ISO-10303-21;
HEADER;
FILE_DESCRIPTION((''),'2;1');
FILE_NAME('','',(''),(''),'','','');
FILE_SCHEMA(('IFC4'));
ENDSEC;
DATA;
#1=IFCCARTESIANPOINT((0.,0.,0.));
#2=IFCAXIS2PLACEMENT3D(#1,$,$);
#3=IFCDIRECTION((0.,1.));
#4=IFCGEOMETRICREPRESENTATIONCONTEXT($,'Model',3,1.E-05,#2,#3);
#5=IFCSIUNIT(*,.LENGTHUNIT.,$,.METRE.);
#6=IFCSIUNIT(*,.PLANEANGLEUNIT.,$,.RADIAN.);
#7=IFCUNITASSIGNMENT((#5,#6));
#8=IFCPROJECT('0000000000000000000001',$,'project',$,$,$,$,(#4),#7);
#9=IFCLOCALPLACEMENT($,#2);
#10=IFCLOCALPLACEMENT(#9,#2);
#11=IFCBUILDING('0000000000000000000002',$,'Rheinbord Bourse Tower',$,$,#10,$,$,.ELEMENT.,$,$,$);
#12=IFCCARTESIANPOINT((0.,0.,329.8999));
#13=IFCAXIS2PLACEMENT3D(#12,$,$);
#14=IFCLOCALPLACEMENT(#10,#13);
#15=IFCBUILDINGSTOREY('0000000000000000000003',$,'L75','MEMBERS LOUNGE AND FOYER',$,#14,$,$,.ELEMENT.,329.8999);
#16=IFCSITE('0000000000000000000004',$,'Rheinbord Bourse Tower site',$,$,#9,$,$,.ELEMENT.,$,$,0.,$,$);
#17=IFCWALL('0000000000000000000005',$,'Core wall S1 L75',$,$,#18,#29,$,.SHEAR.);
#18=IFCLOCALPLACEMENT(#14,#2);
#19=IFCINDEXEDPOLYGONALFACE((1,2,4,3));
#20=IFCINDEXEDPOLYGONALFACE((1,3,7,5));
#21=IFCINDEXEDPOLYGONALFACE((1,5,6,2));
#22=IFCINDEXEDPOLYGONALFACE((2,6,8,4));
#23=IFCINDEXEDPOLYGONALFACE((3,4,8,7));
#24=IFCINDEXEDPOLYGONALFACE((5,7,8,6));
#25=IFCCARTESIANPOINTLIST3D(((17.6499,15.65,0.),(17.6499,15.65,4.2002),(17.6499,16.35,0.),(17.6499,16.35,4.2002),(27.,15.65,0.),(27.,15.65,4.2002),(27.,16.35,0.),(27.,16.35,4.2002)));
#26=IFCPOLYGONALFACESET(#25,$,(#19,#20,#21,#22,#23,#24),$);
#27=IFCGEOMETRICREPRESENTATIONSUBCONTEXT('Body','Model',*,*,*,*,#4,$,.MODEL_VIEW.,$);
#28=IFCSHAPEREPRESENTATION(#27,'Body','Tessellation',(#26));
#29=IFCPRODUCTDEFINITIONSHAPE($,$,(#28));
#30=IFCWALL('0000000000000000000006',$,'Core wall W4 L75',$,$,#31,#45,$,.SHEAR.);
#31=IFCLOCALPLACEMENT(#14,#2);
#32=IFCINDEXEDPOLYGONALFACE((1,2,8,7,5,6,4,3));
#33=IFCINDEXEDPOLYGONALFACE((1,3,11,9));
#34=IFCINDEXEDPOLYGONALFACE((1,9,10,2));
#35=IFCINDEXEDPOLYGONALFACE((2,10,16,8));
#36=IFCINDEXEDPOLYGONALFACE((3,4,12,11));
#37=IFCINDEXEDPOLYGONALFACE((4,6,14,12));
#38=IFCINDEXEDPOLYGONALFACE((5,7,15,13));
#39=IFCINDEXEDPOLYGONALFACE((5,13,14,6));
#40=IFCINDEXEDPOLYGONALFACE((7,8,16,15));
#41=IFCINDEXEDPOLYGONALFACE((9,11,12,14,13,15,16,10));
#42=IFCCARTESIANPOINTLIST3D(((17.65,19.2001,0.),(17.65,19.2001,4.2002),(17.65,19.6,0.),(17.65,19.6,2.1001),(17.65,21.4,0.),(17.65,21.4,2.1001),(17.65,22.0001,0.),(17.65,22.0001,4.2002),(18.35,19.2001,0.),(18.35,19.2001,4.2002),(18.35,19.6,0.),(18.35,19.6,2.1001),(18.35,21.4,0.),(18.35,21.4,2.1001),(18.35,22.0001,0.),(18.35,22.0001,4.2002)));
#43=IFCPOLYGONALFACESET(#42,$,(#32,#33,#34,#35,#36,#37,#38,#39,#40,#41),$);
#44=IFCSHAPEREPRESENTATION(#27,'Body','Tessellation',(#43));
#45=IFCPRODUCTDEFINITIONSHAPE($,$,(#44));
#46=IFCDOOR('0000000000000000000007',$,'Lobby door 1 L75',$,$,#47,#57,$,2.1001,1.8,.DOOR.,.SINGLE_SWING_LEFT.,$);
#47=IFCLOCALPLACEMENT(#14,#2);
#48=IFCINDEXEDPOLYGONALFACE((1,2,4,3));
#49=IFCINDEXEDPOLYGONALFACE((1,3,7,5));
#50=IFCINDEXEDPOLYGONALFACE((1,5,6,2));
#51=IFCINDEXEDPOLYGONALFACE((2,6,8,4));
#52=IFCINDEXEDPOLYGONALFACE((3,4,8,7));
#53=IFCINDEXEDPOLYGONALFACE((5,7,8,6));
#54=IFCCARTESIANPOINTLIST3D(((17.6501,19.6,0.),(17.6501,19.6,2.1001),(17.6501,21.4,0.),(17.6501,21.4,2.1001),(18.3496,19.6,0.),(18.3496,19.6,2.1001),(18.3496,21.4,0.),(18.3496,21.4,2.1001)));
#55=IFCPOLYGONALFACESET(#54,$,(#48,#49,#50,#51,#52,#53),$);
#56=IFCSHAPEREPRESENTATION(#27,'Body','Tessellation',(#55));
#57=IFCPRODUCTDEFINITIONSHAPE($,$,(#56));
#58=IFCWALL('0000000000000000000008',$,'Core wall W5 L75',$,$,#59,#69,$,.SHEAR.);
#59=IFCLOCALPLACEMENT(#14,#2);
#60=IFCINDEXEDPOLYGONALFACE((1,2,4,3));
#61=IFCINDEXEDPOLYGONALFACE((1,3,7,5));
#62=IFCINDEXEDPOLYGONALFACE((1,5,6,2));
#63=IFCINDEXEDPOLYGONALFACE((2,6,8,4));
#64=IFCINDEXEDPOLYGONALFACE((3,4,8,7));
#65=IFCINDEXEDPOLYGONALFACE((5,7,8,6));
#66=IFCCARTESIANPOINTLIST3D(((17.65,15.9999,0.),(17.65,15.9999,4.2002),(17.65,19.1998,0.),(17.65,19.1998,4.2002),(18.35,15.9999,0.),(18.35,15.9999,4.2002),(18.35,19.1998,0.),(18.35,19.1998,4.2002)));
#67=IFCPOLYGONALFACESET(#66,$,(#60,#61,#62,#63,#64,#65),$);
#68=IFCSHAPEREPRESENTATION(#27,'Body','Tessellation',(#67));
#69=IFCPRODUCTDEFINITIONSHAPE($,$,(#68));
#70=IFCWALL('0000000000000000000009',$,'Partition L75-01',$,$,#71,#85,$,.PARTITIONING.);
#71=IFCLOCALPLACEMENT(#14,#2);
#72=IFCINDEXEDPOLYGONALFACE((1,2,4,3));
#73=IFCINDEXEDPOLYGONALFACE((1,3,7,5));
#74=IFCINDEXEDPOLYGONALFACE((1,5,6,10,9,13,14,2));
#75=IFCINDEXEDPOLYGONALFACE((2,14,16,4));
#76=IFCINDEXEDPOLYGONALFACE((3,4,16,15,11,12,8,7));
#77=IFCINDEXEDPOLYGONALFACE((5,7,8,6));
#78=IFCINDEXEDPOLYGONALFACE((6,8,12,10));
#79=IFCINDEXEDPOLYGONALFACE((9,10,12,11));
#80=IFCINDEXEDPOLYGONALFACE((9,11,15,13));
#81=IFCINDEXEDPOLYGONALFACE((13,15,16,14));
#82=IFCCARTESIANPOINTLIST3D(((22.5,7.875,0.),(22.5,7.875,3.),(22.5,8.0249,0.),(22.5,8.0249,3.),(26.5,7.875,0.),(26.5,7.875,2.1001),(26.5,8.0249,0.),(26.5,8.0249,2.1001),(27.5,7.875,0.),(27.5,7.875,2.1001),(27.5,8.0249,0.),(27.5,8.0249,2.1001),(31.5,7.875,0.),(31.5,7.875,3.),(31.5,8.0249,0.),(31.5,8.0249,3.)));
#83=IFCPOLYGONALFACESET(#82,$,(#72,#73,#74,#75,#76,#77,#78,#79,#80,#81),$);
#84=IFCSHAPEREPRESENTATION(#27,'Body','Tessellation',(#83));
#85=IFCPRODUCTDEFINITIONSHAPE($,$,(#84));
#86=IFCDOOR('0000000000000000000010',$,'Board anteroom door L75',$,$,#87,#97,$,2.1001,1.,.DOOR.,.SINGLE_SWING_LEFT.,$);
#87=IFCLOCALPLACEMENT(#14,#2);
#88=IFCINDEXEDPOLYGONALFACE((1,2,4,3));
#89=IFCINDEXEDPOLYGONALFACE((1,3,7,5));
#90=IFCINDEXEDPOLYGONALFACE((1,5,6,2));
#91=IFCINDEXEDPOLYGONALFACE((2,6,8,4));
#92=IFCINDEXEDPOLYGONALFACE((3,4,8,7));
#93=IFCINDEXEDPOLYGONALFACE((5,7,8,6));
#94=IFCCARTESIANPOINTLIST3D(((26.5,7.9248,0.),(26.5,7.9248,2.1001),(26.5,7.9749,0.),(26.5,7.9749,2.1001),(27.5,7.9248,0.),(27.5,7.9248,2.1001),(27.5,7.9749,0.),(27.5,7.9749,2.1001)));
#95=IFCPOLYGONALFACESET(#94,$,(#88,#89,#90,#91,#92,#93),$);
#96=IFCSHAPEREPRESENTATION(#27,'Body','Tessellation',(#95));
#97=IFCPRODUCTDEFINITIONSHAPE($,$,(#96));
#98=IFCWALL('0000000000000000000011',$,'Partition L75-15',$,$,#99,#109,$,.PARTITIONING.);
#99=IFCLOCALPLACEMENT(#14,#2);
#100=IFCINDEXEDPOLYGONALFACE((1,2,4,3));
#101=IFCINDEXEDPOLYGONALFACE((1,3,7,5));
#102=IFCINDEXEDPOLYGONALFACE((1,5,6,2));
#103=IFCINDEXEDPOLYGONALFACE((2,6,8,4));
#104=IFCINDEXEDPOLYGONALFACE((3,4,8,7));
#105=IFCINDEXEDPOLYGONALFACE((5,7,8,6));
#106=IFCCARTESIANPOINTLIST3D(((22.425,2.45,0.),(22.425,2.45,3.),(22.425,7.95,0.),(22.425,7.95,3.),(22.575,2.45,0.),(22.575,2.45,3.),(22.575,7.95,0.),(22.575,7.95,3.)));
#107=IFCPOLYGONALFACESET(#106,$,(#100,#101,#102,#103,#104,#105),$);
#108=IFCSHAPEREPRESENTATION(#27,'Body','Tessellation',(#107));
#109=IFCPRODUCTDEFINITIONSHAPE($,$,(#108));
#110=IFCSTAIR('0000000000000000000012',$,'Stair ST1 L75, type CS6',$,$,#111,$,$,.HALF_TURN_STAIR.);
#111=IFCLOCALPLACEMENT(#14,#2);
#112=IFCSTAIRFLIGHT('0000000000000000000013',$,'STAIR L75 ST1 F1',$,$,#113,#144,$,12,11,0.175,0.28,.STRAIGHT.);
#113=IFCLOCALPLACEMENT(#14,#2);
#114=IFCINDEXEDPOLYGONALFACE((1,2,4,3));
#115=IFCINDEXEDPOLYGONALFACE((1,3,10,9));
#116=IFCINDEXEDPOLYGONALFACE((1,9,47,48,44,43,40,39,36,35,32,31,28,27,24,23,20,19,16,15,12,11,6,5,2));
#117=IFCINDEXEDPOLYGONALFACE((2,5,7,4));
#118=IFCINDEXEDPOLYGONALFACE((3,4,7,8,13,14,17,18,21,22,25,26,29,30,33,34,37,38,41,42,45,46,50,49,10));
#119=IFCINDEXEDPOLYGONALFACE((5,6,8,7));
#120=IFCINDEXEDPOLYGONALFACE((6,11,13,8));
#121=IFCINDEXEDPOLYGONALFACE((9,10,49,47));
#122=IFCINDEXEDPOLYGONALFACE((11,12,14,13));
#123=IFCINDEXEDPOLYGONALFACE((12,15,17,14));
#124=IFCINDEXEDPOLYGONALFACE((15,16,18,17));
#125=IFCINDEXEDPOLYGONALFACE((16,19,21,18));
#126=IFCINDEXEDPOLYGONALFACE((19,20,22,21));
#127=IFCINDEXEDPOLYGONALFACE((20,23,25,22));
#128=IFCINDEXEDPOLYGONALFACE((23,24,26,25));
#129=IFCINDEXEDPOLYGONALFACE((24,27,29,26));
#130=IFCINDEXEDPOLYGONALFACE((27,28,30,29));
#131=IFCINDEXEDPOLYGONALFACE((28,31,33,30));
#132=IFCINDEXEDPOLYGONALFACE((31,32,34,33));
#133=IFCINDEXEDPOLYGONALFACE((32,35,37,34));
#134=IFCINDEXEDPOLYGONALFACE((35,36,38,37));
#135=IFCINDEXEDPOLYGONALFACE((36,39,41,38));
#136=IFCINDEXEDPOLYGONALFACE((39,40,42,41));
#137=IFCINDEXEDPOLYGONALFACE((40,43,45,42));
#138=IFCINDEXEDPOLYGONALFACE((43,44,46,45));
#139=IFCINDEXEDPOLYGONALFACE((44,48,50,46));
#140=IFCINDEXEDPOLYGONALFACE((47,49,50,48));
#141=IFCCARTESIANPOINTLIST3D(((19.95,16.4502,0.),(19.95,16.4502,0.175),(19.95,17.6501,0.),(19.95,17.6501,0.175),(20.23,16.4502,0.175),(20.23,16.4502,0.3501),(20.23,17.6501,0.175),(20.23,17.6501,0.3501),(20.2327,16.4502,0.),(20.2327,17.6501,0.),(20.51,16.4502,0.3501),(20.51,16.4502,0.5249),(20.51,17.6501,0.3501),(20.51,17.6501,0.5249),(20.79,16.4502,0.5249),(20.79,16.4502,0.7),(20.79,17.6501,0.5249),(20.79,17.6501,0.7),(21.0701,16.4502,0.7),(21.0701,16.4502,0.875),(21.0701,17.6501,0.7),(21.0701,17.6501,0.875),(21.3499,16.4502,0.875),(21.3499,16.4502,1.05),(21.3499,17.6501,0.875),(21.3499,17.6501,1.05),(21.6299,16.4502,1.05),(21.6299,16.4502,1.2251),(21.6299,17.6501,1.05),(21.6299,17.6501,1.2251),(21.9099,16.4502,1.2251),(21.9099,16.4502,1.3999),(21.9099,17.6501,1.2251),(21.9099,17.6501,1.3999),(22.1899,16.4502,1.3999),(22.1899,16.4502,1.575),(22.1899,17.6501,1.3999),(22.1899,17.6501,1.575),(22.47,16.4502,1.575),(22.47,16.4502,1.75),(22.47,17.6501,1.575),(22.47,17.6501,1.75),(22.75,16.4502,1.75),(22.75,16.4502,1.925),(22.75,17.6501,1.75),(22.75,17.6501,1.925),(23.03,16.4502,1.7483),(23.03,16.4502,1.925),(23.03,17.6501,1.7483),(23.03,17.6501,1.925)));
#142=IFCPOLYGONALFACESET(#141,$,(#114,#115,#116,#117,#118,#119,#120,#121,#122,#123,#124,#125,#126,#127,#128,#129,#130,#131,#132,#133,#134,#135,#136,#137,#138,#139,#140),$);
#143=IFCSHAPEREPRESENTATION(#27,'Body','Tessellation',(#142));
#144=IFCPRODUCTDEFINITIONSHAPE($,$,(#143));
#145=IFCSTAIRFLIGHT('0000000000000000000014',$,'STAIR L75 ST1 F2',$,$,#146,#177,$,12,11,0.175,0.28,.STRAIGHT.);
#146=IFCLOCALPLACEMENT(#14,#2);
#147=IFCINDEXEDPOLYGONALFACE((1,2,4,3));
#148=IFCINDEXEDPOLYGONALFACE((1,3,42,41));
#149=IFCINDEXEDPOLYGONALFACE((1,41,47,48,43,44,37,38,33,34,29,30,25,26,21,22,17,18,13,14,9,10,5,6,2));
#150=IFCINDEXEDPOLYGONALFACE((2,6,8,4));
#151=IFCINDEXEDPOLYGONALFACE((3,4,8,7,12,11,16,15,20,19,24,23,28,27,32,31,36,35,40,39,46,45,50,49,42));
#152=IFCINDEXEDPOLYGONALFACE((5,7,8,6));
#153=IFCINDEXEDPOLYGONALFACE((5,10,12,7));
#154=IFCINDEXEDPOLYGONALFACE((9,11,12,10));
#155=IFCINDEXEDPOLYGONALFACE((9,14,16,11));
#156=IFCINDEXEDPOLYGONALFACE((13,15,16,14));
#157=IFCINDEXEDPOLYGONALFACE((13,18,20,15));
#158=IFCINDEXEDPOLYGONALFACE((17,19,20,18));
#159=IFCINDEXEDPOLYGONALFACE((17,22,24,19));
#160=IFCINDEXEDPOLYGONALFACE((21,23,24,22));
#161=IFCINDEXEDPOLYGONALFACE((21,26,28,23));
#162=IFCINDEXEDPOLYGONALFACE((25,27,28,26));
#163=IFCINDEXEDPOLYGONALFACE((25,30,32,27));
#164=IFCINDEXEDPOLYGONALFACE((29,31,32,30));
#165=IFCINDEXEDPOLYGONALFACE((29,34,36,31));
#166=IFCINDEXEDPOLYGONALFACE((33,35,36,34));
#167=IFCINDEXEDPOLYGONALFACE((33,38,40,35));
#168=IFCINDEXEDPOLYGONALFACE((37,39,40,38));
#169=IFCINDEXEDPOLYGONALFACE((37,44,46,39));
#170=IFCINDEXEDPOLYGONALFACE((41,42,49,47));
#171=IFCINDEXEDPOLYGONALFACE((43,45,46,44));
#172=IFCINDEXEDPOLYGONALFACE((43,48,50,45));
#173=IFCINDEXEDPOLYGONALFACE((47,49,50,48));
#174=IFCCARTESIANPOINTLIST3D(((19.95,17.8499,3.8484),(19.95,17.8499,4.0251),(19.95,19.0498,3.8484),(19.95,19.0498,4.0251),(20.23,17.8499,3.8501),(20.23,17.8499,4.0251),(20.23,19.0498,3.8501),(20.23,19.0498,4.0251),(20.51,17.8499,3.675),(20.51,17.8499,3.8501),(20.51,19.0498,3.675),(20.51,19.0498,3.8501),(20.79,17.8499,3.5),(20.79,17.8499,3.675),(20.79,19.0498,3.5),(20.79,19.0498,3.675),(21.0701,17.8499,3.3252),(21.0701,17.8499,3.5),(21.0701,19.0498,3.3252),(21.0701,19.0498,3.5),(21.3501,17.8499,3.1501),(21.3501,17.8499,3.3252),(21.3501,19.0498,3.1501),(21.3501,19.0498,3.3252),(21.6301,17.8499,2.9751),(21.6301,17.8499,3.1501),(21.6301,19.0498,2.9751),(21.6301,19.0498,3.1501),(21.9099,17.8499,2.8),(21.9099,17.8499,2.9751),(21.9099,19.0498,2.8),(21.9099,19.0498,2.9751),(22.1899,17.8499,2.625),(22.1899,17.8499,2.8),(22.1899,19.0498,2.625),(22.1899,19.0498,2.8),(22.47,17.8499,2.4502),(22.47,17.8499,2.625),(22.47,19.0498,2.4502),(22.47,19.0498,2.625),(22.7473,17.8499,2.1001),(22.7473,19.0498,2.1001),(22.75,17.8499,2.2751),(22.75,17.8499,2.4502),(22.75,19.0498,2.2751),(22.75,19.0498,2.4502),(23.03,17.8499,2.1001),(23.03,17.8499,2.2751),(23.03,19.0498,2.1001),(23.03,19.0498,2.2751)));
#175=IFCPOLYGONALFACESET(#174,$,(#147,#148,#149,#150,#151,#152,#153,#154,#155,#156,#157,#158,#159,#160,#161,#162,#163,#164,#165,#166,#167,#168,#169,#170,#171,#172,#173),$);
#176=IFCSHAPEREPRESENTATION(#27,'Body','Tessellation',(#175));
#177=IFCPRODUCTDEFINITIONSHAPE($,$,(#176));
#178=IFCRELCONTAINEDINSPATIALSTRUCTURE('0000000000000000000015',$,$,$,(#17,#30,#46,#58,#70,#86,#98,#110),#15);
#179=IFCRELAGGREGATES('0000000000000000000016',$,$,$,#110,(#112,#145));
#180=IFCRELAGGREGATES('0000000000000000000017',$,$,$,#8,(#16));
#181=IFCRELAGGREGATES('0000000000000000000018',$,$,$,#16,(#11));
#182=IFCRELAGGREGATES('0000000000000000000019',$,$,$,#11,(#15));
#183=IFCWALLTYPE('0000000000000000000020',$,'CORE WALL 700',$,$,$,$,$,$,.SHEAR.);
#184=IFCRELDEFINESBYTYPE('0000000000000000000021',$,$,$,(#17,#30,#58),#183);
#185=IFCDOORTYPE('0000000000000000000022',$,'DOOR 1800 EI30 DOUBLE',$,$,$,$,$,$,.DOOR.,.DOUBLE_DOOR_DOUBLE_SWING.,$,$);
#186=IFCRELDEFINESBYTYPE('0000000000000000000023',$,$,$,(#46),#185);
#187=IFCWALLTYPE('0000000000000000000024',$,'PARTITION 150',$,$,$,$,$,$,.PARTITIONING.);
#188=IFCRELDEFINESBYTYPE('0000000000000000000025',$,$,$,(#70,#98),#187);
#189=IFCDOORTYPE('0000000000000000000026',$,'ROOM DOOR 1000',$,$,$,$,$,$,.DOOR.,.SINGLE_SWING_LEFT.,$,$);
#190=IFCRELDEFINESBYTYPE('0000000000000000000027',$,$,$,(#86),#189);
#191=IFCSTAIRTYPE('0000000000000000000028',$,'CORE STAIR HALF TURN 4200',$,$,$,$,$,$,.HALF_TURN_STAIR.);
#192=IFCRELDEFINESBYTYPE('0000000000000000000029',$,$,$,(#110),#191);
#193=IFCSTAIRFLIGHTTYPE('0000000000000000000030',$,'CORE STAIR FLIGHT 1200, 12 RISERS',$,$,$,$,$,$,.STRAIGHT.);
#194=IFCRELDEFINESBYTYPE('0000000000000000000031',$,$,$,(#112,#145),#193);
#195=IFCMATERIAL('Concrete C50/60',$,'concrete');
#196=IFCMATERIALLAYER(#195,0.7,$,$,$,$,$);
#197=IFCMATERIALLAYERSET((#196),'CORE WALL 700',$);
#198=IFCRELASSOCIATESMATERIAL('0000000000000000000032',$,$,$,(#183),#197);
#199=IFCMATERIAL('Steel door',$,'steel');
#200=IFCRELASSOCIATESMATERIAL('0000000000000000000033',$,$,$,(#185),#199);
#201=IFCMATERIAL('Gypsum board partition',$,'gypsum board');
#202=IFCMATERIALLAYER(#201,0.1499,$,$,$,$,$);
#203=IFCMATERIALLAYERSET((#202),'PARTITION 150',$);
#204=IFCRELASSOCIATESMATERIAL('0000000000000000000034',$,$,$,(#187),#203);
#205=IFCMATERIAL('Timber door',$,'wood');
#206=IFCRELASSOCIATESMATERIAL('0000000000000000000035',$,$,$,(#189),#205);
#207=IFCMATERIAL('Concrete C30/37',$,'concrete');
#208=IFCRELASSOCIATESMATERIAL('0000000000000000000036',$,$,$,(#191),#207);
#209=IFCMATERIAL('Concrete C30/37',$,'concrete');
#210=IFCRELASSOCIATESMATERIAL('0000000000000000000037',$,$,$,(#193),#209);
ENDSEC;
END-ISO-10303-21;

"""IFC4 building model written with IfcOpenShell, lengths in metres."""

from ifc_helpers import new_model, si_unit, direction, frame, frame_2d, origin, place, context, subcontext, project, spatial, polyline, rectangle, outline, extrude, material, layer, layer_set, type_object, element, fill, aggregate, save


model = new_model("IFC4")

# Units and contexts
model_context = context("Model", 3, precision=1e-05, world=origin(), true_north=direction((0.0, 1.0)))
body_context = subcontext(model_context, "Body", "Model", "MODEL_VIEW")
ifc_project = project(units=[si_unit("LENGTHUNIT", "METRE"), si_unit("PLANEANGLEUNIT", "RADIAN")], contexts=[model_context])

# Site, building, storey
site_placement = place(None, origin())
site = spatial("IfcSite", under=ifc_project, at=site_placement, Name="Rheinbord Bourse Tower site", CompositionType="ELEMENT", RefElevation=0.0)
building_placement = place(site_placement, origin())
building = spatial("IfcBuilding", under=site, at=building_placement, Name="Rheinbord Bourse Tower", CompositionType="ELEMENT")
storey_placement = place(building_placement, frame((0.0, 0.0, 329.8999)))
storey = spatial("IfcBuildingStorey", under=building, at=storey_placement, Name="L75", Description="MEMBERS LOUNGE AND FOYER", CompositionType="ELEMENT", Elevation=329.8999)

# Wall
ifc_material_1 = material(Name="Concrete C50/60", Category="concrete")
ifc_layer_1 = layer(ifc_material_1, 0.7)
ifc_layer_set_1 = layer_set([ifc_layer_1], Name="CORE WALL 700")
wall_type_1 = type_object("IfcWallType", Name="CORE WALL 700", PredefinedType="SHEAR", material=ifc_layer_set_1)
wall_1_placement = place(storey_placement, frame((17.6499, 16.0, 0.0), z_axis=(0.0, 0.0, 1.0), x_axis=(1.0, 0.0, 0.0)))
element("IfcWall", 1, at=wall_1_placement, inside=storey, type_object=wall_type_1, Name="Core wall S1 L75", PredefinedType="SHEAR", context=body_context, shape_type="SweptSolid", body=[
    extrude(rectangle(XDim=9.3501, YDim=0.7, at=frame_2d((4.675, 0.0))), origin(), (0.0, 0.0, 1.0), 4.2002),
])

# Wall, opening, door
wall_2_placement = place(storey_placement, frame((18.0, 22.0, 0.0), z_axis=(0.0, 0.0, 1.0), x_axis=(0.0, -1.0, 0.0)))
wall_2 = element("IfcWall", 2, at=wall_2_placement, inside=storey, type_object=wall_type_1, Name="Core wall W4 L75", PredefinedType="SHEAR", context=body_context, shape_type="SweptSolid", body=[
    extrude(rectangle(XDim=2.8, YDim=0.7, at=frame_2d((1.3999, 0.0))), origin(), (0.0, 0.0, 1.0), 4.2002),
])
opening_1_placement = place(wall_2_placement, frame((0.6001, 0.0, 0.0)))
opening_1 = element("IfcOpeningElement", 3, at=opening_1_placement, cuts=wall_2, PredefinedType="OPENING", context=body_context, shape_type="SweptSolid", body=[
    extrude(rectangle(XDim=1.8, YDim=2.1001, at=frame_2d((0.8999, 1.05))), frame((0.0, 0.3599, 0.0), z_axis=(0.0, -1.0, 0.0), x_axis=(1.0, 0.0, 0.0)), (0.0, 0.0, 1.0), 0.72),
])
ifc_material_2 = material(Name="Steel door", Category="steel")
door_type_1 = type_object("IfcDoorType", Name="DOOR 1800 EI30 DOUBLE", OperationType="DOUBLE_DOOR_DOUBLE_SWING", PredefinedType="DOOR", material=ifc_material_2)
door_1_placement = place(opening_1_placement, origin())
door_1 = element("IfcDoor", 4, at=door_1_placement, inside=storey, type_object=door_type_1, Name="Lobby door 1 L75", OperationType="SINGLE_SWING_LEFT", OverallHeight=2.1001, OverallWidth=1.8, PredefinedType="DOOR", context=body_context, shape_type="SweptSolid", body=[
    extrude(rectangle(XDim=1.8, YDim=2.1001, at=frame_2d((0.8999, 1.05))), frame((0.0, 0.3496, 0.0), z_axis=(0.0, -1.0, 0.0), x_axis=(1.0, 0.0, 0.0)), (0.0, 0.0, 1.0), 0.6995),
])
fill(opening_1, door_1)

# Wall
wall_3_placement = place(storey_placement, frame((18.0, 19.2, 0.0), z_axis=(0.0, 0.0, 1.0), x_axis=(0.0, -1.0, 0.0)))
element("IfcWall", 5, at=wall_3_placement, inside=storey, type_object=wall_type_1, Name="Core wall W5 L75", PredefinedType="SHEAR", context=body_context, shape_type="SweptSolid", body=[
    extrude(rectangle(XDim=3.2, YDim=0.7, at=frame_2d((1.6001, 0.0))), origin(), (0.0, 0.0, 1.0), 4.2002),
])

# Wall, opening, door
ifc_material_3 = material(Name="Gypsum board partition", Category="gypsum board")
ifc_layer_2 = layer(ifc_material_3, 0.1499)
ifc_layer_set_2 = layer_set([ifc_layer_2], Name="PARTITION 150")
wall_type_2 = type_object("IfcWallType", Name="PARTITION 150", PredefinedType="PARTITIONING", material=ifc_layer_set_2)
wall_4_placement = place(storey_placement, frame((22.5, 7.95, 0.0), z_axis=(0.0, 0.0, 1.0), x_axis=(1.0, 0.0, 0.0)))
wall_4 = element("IfcWall", 6, at=wall_4_placement, inside=storey, type_object=wall_type_2, Name="Partition L75-01", PredefinedType="PARTITIONING", context=body_context, shape_type="SweptSolid", body=[
    extrude(rectangle(XDim=9.0, YDim=0.1499, at=frame_2d((4.5, 0.0))), origin(), (0.0, 0.0, 1.0), 3.0),
])
opening_2_placement = place(wall_4_placement, frame((4.0, 0.0, 0.0)))
opening_2 = element("IfcOpeningElement", 7, at=opening_2_placement, cuts=wall_4, PredefinedType="OPENING", context=body_context, shape_type="SweptSolid", body=[
    extrude(rectangle(XDim=1.0, YDim=2.1001, at=frame_2d((0.5, 1.05))), frame((0.0, 0.085, 0.0), z_axis=(0.0, -1.0, 0.0), x_axis=(1.0, 0.0, 0.0)), (0.0, 0.0, 1.0), 0.1699),
])
ifc_material_4 = material(Name="Timber door", Category="wood")
door_type_2 = type_object("IfcDoorType", Name="ROOM DOOR 1000", OperationType="SINGLE_SWING_LEFT", PredefinedType="DOOR", material=ifc_material_4)
door_2_placement = place(opening_2_placement, origin())
door_2 = element("IfcDoor", 8, at=door_2_placement, inside=storey, type_object=door_type_2, Name="Board anteroom door L75", OperationType="SINGLE_SWING_LEFT", OverallHeight=2.1001, OverallWidth=1.0, PredefinedType="DOOR", context=body_context, shape_type="SweptSolid", body=[
    extrude(rectangle(XDim=1.0, YDim=2.1001, at=frame_2d((0.5, 1.05))), frame((0.0, 0.0249, 0.0), z_axis=(0.0, -1.0, 0.0), x_axis=(1.0, 0.0, 0.0)), (0.0, 0.0, 1.0), 0.05),
])
fill(opening_2, door_2)

# Wall
wall_5_placement = place(storey_placement, frame((22.5, 2.45, 0.0), z_axis=(0.0, 0.0, 1.0), x_axis=(0.0, 1.0, 0.0)))
element("IfcWall", 9, at=wall_5_placement, inside=storey, type_object=wall_type_2, Name="Partition L75-15", PredefinedType="PARTITIONING", context=body_context, shape_type="SweptSolid", body=[
    extrude(rectangle(XDim=5.5, YDim=0.1499, at=frame_2d((2.75, 0.0))), origin(), (0.0, 0.0, 1.0), 3.0),
])

# Stair, stair flights
ifc_material_5 = material(Name="Concrete C30/37", Category="concrete")
stair_type = type_object("IfcStairType", Name="CORE STAIR HALF TURN 4200", PredefinedType="HALF_TURN_STAIR", material=ifc_material_5)
stair_placement = place(storey_placement, origin())
stair = element("IfcStair", 10, at=stair_placement, inside=storey, type_object=stair_type, Name="Stair ST1 L75, type CS6", PredefinedType="HALF_TURN_STAIR")
ifc_material_6 = material(Name="Concrete C30/37", Category="concrete")
stair_flight_type = type_object("IfcStairFlightType", Name="CORE STAIR FLIGHT 1200, 12 RISERS", PredefinedType="STRAIGHT", material=ifc_material_6)
stair_flight_1_placement = place(storey_placement, frame((19.95, 17.05, 0.0), z_axis=(0.0, 0.0, 1.0), x_axis=(1.0, 0.0, 0.0)))
stair_flight_1 = element("IfcStairFlight", 11, at=stair_flight_1_placement, type_object=stair_flight_type, Name="STAIR L75 ST1 F1", NumberOfRisers=12, NumberOfTreads=11, PredefinedType="STRAIGHT", RiserHeight=0.175, TreadLength=0.28, context=body_context, shape_type="SweptSolid", body=[
    extrude(outline(polyline([(0.0, 0.0), (0.0, 0.175), (0.28, 0.175), (0.28, 0.3501), (0.5601, 0.3501), (0.5601, 0.5249), (0.8401, 0.5249), (0.8401, 0.7), (1.1201, 0.7), (1.1201, 0.875), (1.3999, 0.875), (1.3999, 1.05), (1.6799, 1.05), (1.6799, 1.2251), (1.96, 1.2251), (1.96, 1.3999), (2.24, 1.3999), (2.24, 1.575), (2.52, 1.575), (2.52, 1.75), (2.8, 1.75), (2.8, 1.925), (3.0801, 1.925), (3.0801, 2.1001), (3.0801, 1.7483), (0.2827, 0.0), (0.0, 0.0)])), frame((0.0, 0.6001, 0.0), z_axis=(0.0, -1.0, 0.0), x_axis=(1.0, 0.0, 0.0)), (0.0, 0.0, 1.0), 1.2),
])
stair_flight_2_placement = place(storey_placement, frame((23.03, 18.45, 2.1001), z_axis=(0.0, 0.0, 1.0), x_axis=(-1.0, 0.0, 0.0)))
stair_flight_2 = element("IfcStairFlight", 12, at=stair_flight_2_placement, type_object=stair_flight_type, Name="STAIR L75 ST1 F2", NumberOfRisers=12, NumberOfTreads=11, PredefinedType="STRAIGHT", RiserHeight=0.175, TreadLength=0.28, context=body_context, shape_type="SweptSolid", body=[
    extrude(outline(polyline([(0.0, 0.0), (0.0, 0.175), (0.28, 0.175), (0.28, 0.3501), (0.5601, 0.3501), (0.5601, 0.5249), (0.8401, 0.5249), (0.8401, 0.7), (1.1201, 0.7), (1.1201, 0.875), (1.3999, 0.875), (1.3999, 1.05), (1.6799, 1.05), (1.6799, 1.2251), (1.96, 1.2251), (1.96, 1.3999), (2.24, 1.3999), (2.24, 1.575), (2.52, 1.575), (2.52, 1.75), (2.8, 1.75), (2.8, 1.925), (3.0801, 1.925), (3.0801, 2.1001), (3.0801, 1.7483), (0.2827, 0.0), (0.0, 0.0)])), frame((0.0, 0.6001, 0.0), z_axis=(0.0, -1.0, 0.0), x_axis=(1.0, 0.0, 0.0)), (0.0, 0.0, 1.0), 1.2),
])
aggregate(stair, [stair_flight_1, stair_flight_2])

save(model, "model.ifc")
